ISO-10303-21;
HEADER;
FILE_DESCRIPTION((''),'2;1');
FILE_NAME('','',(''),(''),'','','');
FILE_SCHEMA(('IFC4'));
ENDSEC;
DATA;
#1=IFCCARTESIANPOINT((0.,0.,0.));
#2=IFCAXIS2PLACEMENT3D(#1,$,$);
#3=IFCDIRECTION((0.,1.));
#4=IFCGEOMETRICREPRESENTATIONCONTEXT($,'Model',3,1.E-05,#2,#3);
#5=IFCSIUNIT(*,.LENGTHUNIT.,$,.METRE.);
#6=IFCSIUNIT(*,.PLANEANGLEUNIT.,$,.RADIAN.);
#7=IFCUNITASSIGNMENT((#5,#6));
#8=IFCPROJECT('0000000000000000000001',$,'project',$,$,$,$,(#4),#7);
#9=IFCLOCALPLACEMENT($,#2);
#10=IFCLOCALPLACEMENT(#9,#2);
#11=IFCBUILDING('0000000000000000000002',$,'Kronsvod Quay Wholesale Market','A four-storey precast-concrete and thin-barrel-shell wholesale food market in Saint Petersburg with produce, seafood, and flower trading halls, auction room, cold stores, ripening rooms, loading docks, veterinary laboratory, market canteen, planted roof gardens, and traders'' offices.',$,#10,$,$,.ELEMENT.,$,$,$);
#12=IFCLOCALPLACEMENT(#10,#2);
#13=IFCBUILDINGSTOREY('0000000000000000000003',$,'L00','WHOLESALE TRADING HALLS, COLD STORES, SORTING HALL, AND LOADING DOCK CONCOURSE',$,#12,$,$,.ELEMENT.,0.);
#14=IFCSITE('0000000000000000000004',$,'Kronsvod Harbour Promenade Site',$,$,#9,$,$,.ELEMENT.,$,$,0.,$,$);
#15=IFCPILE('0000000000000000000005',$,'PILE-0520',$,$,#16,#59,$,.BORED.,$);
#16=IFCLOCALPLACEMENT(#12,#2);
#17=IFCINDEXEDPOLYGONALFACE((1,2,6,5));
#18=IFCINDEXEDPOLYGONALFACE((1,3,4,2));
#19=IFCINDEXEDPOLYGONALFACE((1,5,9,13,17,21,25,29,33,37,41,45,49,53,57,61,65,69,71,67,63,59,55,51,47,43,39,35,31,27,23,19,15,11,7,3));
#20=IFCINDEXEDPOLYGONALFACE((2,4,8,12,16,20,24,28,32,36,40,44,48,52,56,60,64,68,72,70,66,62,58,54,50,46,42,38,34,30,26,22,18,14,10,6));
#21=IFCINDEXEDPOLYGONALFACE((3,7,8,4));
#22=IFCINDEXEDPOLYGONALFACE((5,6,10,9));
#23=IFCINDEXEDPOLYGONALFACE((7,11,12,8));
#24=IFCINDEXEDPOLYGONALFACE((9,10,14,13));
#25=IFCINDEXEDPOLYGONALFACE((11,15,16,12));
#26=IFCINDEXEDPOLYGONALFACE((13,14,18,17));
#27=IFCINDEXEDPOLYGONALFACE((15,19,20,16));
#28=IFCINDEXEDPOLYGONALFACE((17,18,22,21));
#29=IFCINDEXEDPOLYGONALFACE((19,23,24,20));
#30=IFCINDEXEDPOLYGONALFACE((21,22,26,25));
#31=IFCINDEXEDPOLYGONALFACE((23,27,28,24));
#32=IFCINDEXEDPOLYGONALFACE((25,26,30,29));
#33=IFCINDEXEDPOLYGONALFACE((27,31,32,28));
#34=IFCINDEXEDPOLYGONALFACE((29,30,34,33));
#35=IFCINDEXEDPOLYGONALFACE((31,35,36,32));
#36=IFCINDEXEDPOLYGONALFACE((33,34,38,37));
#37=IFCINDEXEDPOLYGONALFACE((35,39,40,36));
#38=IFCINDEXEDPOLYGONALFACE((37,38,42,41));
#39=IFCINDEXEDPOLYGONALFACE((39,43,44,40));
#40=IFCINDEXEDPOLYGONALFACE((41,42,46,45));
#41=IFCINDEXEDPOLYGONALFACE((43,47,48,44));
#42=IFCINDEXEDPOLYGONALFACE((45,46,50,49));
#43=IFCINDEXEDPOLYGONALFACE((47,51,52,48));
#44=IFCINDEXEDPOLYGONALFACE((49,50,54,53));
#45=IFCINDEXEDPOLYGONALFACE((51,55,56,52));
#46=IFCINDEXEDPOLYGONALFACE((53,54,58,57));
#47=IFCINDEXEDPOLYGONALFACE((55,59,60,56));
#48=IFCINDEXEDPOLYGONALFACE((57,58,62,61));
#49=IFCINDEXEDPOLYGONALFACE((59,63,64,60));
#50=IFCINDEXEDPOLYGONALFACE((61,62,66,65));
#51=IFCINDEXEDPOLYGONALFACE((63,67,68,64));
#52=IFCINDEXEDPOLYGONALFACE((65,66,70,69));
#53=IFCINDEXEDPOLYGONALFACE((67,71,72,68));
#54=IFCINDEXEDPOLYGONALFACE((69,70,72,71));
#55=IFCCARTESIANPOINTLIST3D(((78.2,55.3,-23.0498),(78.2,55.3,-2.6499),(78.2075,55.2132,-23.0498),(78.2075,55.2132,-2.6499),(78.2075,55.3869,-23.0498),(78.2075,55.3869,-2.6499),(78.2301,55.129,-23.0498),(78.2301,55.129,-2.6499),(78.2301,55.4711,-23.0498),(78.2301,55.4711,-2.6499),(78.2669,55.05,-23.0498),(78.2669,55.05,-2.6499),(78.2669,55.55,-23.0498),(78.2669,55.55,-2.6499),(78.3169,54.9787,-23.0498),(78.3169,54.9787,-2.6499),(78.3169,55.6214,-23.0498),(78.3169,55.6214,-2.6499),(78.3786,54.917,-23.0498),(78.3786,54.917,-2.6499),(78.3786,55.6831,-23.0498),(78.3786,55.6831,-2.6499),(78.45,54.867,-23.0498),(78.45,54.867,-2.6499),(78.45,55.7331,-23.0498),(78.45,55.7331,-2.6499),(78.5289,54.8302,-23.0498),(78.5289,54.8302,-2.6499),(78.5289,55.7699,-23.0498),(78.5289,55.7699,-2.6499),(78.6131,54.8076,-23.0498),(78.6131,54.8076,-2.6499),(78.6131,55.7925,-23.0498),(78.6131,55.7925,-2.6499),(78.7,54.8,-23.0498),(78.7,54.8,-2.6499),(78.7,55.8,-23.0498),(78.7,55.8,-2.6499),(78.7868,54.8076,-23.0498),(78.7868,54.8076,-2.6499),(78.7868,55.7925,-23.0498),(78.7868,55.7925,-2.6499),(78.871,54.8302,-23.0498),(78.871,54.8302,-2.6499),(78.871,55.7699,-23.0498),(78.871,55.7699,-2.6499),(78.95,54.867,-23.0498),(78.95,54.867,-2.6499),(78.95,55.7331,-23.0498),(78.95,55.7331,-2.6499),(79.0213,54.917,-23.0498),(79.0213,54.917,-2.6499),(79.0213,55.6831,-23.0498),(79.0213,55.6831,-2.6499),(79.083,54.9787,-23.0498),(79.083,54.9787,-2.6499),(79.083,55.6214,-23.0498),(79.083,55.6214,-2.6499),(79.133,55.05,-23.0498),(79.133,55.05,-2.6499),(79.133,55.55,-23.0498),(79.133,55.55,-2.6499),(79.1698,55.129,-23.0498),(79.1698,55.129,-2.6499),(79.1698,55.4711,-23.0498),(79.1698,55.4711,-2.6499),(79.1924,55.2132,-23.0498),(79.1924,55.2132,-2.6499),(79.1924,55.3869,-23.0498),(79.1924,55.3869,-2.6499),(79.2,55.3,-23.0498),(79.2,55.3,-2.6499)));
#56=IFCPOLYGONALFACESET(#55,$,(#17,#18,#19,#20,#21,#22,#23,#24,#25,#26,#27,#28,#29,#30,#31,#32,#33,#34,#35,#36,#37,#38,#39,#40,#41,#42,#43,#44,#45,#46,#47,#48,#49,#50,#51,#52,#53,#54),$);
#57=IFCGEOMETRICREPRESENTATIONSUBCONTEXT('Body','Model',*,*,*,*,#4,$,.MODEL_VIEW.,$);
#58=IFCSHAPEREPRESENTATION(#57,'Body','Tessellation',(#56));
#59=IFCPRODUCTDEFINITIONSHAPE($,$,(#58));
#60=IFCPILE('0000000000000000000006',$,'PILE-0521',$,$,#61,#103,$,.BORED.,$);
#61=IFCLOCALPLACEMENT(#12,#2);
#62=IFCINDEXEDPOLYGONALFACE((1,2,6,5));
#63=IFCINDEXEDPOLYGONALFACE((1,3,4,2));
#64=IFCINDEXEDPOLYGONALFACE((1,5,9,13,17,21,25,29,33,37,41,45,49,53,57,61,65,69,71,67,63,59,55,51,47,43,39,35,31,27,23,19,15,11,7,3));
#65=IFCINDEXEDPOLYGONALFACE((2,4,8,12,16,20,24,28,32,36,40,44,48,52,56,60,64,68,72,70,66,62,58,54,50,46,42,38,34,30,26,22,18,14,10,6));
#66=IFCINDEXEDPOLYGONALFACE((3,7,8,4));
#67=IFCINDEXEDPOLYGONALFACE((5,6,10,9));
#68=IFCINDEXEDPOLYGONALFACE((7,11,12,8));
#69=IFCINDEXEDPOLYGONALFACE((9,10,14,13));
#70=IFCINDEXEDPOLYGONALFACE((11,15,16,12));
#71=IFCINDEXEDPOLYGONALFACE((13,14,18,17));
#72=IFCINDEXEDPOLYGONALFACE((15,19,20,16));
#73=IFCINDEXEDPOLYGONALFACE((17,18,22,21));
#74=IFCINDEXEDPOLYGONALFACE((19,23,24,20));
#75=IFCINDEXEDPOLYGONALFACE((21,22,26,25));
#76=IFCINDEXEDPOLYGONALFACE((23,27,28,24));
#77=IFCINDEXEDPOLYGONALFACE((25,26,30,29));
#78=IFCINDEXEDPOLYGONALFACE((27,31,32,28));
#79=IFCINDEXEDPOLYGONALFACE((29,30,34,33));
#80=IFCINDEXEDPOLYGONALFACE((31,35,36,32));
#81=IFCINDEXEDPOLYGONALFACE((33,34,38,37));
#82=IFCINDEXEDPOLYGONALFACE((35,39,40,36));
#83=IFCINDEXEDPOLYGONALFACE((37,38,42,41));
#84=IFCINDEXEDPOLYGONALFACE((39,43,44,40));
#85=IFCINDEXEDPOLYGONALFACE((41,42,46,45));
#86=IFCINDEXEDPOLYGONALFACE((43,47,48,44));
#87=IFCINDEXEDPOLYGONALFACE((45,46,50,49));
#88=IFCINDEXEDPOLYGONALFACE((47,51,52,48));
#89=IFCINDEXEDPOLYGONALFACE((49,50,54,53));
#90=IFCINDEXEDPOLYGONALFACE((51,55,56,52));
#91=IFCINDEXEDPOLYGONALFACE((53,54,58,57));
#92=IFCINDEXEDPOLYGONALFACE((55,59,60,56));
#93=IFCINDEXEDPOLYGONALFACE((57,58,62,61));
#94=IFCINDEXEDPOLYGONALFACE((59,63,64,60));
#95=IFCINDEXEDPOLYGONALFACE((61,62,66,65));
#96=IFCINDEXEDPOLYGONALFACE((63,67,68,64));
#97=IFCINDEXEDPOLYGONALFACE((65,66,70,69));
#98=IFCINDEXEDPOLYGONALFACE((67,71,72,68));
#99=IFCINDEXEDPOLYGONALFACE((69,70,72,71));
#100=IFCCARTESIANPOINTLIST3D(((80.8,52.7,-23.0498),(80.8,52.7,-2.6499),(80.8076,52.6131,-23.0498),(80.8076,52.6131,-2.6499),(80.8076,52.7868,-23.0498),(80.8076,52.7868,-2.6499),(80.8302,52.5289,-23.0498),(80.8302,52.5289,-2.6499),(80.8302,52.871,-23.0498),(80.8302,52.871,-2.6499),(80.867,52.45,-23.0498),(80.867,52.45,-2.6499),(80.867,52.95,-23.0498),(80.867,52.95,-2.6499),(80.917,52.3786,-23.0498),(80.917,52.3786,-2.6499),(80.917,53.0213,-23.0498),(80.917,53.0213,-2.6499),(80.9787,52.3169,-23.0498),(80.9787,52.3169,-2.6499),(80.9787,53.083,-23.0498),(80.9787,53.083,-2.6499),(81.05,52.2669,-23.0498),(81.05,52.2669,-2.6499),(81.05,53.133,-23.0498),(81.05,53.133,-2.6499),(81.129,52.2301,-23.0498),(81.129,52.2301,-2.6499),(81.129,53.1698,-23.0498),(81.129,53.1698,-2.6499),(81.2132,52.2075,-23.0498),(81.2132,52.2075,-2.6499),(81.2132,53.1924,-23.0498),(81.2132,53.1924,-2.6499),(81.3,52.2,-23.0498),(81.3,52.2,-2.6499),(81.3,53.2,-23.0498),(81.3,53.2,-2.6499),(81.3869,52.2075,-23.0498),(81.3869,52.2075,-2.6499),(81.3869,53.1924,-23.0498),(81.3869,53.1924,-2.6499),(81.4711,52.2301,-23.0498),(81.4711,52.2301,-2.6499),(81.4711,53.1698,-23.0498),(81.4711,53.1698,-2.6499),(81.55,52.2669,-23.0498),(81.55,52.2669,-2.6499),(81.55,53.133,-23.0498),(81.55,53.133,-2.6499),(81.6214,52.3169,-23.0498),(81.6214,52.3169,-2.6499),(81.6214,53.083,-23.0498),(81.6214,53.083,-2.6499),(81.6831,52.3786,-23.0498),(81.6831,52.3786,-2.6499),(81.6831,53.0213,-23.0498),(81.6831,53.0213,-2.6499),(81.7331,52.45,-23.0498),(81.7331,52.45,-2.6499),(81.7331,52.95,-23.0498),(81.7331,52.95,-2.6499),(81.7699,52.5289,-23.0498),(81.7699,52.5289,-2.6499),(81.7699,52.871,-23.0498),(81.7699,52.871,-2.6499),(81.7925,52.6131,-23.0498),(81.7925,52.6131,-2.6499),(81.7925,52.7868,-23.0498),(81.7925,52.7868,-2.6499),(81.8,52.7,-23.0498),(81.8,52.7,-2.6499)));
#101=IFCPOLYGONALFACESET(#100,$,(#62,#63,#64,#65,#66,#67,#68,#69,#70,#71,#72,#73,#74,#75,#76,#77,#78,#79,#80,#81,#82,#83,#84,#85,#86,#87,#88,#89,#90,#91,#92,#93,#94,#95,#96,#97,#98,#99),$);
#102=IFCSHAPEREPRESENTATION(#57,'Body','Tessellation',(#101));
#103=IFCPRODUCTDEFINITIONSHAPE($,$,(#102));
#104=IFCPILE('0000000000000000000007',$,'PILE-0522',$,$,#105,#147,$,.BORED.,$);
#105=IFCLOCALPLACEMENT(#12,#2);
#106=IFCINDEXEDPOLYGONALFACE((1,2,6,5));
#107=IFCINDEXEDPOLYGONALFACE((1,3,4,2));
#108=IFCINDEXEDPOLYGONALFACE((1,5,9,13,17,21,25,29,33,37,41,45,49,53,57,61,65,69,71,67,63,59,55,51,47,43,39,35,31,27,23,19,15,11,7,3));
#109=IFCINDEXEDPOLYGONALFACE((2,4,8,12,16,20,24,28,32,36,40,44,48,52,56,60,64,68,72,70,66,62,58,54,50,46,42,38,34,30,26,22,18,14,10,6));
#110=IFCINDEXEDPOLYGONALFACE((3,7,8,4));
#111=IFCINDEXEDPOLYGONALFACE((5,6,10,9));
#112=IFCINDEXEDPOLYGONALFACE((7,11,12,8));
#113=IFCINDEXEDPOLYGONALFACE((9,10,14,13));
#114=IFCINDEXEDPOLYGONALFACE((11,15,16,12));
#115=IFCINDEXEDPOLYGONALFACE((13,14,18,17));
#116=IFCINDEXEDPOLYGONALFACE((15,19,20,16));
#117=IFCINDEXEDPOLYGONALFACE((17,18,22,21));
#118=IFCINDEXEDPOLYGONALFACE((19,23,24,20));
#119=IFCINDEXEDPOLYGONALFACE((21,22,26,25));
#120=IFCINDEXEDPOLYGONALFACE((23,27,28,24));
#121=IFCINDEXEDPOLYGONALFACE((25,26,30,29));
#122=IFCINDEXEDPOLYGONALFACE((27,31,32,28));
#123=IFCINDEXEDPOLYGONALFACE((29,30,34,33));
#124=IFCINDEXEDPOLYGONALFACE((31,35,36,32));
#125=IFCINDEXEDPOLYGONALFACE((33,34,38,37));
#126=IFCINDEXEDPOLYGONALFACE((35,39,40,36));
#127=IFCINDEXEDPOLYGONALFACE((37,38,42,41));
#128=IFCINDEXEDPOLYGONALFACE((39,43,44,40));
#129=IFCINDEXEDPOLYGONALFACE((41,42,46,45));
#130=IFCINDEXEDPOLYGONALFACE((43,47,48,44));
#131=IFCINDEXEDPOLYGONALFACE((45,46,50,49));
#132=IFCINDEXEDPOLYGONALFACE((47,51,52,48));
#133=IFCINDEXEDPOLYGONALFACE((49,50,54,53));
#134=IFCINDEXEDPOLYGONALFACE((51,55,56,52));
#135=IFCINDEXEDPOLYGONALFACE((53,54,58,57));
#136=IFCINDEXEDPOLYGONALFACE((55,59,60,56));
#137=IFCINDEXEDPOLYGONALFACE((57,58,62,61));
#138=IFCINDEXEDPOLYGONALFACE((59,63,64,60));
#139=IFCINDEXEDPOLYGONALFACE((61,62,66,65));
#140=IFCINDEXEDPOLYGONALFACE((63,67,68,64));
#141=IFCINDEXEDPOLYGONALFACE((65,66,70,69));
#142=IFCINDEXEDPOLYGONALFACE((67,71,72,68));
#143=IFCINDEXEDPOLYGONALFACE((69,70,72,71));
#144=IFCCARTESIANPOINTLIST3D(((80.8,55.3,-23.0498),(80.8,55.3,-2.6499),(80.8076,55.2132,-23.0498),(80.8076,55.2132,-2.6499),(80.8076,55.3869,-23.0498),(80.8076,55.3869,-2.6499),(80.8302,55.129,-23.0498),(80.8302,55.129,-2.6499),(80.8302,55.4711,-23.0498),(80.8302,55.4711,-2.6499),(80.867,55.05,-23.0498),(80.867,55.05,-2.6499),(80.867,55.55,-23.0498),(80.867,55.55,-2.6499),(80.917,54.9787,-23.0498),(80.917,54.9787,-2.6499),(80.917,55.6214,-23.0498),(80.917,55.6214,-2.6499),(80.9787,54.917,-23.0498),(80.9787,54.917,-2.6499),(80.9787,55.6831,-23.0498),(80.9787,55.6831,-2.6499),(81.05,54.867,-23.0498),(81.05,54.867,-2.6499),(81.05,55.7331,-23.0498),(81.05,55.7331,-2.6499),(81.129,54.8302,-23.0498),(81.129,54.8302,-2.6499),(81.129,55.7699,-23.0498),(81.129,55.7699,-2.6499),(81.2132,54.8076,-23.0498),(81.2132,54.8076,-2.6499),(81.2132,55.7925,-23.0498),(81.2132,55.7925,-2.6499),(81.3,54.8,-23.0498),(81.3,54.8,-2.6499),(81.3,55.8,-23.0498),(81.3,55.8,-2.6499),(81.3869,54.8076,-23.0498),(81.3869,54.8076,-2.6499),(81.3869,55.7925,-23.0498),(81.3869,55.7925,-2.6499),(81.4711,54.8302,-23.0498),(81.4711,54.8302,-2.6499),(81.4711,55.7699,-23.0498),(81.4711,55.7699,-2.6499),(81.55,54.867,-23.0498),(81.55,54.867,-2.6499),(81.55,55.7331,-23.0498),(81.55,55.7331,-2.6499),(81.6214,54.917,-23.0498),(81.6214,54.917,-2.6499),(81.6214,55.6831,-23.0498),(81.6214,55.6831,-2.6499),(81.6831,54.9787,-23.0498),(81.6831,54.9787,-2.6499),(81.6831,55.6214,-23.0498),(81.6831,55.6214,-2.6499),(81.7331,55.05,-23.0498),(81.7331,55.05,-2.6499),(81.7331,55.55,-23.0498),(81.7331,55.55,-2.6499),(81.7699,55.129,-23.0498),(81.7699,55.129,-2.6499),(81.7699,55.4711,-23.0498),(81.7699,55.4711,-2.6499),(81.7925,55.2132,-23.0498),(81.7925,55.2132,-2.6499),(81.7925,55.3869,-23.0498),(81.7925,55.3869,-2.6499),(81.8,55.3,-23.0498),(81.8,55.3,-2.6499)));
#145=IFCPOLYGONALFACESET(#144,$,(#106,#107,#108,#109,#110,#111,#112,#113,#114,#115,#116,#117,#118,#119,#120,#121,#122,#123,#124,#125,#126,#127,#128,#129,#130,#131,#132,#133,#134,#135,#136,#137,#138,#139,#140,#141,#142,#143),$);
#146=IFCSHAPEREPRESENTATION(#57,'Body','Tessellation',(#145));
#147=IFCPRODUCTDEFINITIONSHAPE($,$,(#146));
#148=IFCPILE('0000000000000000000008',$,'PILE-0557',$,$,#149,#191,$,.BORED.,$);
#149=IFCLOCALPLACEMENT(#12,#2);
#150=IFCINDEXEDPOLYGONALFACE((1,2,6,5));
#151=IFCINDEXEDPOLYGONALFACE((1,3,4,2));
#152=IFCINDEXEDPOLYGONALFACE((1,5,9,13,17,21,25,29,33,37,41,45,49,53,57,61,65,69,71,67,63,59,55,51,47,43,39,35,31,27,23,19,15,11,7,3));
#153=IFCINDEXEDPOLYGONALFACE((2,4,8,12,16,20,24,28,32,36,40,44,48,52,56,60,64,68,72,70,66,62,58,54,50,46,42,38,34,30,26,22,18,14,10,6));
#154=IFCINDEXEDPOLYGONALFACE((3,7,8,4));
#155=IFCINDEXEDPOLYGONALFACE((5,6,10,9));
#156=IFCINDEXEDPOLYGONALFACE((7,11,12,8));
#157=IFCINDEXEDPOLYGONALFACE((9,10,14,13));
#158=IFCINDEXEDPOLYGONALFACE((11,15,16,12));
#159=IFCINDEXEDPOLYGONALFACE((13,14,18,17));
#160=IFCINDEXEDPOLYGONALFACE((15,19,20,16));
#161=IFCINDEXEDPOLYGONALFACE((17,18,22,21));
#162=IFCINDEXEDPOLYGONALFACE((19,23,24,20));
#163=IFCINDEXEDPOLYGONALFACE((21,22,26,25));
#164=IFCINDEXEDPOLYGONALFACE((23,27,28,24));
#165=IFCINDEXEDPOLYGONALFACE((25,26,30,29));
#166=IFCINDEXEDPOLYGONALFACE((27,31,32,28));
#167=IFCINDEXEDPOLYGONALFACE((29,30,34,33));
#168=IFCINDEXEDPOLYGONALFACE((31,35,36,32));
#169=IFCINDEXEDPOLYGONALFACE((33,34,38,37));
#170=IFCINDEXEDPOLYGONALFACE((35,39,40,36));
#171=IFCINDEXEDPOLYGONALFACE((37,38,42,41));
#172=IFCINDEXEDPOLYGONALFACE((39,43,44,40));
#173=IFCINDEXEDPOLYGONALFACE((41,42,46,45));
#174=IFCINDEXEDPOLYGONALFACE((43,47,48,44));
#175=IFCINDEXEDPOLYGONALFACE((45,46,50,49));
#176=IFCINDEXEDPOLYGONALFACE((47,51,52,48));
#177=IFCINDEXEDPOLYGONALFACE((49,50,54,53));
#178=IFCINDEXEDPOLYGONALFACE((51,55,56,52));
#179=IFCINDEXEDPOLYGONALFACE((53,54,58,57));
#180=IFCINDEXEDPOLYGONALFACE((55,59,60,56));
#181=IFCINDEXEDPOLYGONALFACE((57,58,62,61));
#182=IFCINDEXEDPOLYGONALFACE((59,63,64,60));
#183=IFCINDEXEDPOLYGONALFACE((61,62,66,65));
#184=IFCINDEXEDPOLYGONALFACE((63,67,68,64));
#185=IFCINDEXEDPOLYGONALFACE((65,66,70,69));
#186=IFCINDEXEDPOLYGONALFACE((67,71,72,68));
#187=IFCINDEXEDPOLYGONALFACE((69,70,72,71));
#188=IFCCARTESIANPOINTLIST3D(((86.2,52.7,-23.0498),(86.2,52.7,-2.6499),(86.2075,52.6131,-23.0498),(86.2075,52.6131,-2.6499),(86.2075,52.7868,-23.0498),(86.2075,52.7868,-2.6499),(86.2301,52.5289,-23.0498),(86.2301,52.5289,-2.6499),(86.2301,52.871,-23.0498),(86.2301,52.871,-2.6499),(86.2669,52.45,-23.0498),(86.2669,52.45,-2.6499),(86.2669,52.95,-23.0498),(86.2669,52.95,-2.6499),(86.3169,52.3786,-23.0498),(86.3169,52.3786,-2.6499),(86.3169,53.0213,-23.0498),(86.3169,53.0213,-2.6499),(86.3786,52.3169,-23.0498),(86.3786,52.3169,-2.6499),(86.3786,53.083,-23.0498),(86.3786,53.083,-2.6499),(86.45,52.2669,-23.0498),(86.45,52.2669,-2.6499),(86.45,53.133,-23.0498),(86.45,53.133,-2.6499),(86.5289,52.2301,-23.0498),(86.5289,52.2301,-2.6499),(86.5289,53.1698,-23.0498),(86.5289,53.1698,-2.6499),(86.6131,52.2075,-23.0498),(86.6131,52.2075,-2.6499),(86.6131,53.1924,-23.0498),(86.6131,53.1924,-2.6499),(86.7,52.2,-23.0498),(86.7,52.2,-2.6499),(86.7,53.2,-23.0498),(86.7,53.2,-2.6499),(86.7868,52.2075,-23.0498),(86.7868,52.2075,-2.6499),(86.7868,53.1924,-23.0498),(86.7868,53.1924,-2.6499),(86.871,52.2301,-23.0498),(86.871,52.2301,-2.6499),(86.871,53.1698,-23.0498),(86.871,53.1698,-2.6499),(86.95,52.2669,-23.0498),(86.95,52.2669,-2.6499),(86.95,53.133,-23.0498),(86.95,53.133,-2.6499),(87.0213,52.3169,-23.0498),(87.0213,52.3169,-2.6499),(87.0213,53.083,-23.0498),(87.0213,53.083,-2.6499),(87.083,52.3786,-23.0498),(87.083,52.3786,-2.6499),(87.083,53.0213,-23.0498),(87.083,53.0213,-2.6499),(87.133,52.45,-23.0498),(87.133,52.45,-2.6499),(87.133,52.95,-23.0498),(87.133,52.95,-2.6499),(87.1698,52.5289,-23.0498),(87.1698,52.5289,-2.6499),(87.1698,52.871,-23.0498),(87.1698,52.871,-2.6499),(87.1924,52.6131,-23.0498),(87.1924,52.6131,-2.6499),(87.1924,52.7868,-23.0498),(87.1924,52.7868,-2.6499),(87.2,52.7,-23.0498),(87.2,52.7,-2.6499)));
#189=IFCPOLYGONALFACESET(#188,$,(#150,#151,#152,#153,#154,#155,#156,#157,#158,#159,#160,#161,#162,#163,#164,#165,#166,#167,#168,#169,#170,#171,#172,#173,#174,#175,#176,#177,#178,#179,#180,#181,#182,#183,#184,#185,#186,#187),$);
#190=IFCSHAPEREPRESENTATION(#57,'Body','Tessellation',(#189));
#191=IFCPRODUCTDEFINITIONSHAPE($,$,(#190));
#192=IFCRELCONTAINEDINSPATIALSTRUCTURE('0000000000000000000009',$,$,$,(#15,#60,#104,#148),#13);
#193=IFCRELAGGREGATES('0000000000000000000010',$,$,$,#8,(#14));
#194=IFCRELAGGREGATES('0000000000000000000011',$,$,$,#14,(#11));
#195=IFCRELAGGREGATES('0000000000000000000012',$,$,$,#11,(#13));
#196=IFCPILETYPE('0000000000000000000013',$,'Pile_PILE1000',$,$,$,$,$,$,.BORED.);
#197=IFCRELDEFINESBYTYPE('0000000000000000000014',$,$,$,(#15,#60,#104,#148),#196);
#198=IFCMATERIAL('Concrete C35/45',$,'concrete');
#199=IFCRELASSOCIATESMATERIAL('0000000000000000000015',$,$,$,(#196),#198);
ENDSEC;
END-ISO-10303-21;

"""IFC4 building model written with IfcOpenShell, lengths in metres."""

from ifc_helpers import new_model, si_unit, direction, frame, origin, origin_2d, place, context, subcontext, project, spatial, circle, extrude, material, material_profile, profile_set, type_object, element, save


model = new_model("IFC4")

# Units and contexts
model_context = context("Model", 3, precision=1e-05, world=origin(), true_north=direction((0.0, 1.0)))
body_context = subcontext(model_context, "Body", "Model", "MODEL_VIEW")
ifc_project = project(units=[si_unit("LENGTHUNIT", "METRE"), si_unit("PLANEANGLEUNIT", "RADIAN")], contexts=[model_context])

# Site, building, storey
site_placement = place(None, origin())
site = spatial("IfcSite", under=ifc_project, at=site_placement, Name="Kronsvod Harbour Promenade Site", CompositionType="ELEMENT", RefElevation=0.0)
building_placement = place(site_placement, origin())
building = spatial("IfcBuilding", under=site, at=building_placement, Name="Kronsvod Quay Wholesale Market", Description="A four-storey precast-concrete and thin-barrel-shell wholesale food market in Saint Petersburg with produce, seafood, and flower trading halls, auction room, cold stores, ripening rooms, loading docks, veterinary laboratory, market canteen, planted roof gardens, and traders' offices.", CompositionType="ELEMENT")
storey_placement = place(building_placement, origin())
storey = spatial("IfcBuildingStorey", under=building, at=storey_placement, Name="L00", Description="WHOLESALE TRADING HALLS, COLD STORES, SORTING HALL, AND LOADING DOCK CONCOURSE", CompositionType="ELEMENT", Elevation=0.0)

# Piles
ifc_material_1 = material(Name="Concrete C35/45", Category="concrete")
ifc_material_profile_1 = material_profile(ifc_material_1, circle(Radius=0.5, at=origin_2d()), Name="PILE1000")
ifc_profile_set_1 = profile_set([ifc_material_profile_1], Name="Concrete C35/45")
pile_type_1 = type_object("IfcPileType", Name="Pile_PILE1000", PredefinedType="BORED", material=ifc_profile_set_1)
for number, where, z_axis, x_axis, name in (
    (1, (78.7, 55.3, -2.6499), (0.0, 0.0, -1.0), (1.0, 0.0, 0.0), "PILE-0520"),
    (2, (81.3, 52.7, -2.6499), (0.0, 0.0, -1.0), (1.0, 0.0, 0.0), "PILE-0521"),
    (3, (81.3, 55.3, -2.6499), (0.0, 0.0, -1.0), (1.0, 0.0, 0.0), "PILE-0522"),
    (4, (86.7, 52.7, -2.6499), (0.0, 0.0, -1.0), (1.0, 0.0, 0.0), "PILE-0557"),
):
    element("IfcPile", number, at=place(storey_placement, frame(where, z_axis=z_axis, x_axis=x_axis)), inside=storey, type_object=pile_type_1, Name=name, PredefinedType="BORED", context=body_context, shape_type="SweptSolid", body=[
        extrude(circle(Radius=0.5, at=origin_2d()), origin(), (0.0, 0.0, 1.0), 20.3999),
    ])

save(model, "model.ifc")
